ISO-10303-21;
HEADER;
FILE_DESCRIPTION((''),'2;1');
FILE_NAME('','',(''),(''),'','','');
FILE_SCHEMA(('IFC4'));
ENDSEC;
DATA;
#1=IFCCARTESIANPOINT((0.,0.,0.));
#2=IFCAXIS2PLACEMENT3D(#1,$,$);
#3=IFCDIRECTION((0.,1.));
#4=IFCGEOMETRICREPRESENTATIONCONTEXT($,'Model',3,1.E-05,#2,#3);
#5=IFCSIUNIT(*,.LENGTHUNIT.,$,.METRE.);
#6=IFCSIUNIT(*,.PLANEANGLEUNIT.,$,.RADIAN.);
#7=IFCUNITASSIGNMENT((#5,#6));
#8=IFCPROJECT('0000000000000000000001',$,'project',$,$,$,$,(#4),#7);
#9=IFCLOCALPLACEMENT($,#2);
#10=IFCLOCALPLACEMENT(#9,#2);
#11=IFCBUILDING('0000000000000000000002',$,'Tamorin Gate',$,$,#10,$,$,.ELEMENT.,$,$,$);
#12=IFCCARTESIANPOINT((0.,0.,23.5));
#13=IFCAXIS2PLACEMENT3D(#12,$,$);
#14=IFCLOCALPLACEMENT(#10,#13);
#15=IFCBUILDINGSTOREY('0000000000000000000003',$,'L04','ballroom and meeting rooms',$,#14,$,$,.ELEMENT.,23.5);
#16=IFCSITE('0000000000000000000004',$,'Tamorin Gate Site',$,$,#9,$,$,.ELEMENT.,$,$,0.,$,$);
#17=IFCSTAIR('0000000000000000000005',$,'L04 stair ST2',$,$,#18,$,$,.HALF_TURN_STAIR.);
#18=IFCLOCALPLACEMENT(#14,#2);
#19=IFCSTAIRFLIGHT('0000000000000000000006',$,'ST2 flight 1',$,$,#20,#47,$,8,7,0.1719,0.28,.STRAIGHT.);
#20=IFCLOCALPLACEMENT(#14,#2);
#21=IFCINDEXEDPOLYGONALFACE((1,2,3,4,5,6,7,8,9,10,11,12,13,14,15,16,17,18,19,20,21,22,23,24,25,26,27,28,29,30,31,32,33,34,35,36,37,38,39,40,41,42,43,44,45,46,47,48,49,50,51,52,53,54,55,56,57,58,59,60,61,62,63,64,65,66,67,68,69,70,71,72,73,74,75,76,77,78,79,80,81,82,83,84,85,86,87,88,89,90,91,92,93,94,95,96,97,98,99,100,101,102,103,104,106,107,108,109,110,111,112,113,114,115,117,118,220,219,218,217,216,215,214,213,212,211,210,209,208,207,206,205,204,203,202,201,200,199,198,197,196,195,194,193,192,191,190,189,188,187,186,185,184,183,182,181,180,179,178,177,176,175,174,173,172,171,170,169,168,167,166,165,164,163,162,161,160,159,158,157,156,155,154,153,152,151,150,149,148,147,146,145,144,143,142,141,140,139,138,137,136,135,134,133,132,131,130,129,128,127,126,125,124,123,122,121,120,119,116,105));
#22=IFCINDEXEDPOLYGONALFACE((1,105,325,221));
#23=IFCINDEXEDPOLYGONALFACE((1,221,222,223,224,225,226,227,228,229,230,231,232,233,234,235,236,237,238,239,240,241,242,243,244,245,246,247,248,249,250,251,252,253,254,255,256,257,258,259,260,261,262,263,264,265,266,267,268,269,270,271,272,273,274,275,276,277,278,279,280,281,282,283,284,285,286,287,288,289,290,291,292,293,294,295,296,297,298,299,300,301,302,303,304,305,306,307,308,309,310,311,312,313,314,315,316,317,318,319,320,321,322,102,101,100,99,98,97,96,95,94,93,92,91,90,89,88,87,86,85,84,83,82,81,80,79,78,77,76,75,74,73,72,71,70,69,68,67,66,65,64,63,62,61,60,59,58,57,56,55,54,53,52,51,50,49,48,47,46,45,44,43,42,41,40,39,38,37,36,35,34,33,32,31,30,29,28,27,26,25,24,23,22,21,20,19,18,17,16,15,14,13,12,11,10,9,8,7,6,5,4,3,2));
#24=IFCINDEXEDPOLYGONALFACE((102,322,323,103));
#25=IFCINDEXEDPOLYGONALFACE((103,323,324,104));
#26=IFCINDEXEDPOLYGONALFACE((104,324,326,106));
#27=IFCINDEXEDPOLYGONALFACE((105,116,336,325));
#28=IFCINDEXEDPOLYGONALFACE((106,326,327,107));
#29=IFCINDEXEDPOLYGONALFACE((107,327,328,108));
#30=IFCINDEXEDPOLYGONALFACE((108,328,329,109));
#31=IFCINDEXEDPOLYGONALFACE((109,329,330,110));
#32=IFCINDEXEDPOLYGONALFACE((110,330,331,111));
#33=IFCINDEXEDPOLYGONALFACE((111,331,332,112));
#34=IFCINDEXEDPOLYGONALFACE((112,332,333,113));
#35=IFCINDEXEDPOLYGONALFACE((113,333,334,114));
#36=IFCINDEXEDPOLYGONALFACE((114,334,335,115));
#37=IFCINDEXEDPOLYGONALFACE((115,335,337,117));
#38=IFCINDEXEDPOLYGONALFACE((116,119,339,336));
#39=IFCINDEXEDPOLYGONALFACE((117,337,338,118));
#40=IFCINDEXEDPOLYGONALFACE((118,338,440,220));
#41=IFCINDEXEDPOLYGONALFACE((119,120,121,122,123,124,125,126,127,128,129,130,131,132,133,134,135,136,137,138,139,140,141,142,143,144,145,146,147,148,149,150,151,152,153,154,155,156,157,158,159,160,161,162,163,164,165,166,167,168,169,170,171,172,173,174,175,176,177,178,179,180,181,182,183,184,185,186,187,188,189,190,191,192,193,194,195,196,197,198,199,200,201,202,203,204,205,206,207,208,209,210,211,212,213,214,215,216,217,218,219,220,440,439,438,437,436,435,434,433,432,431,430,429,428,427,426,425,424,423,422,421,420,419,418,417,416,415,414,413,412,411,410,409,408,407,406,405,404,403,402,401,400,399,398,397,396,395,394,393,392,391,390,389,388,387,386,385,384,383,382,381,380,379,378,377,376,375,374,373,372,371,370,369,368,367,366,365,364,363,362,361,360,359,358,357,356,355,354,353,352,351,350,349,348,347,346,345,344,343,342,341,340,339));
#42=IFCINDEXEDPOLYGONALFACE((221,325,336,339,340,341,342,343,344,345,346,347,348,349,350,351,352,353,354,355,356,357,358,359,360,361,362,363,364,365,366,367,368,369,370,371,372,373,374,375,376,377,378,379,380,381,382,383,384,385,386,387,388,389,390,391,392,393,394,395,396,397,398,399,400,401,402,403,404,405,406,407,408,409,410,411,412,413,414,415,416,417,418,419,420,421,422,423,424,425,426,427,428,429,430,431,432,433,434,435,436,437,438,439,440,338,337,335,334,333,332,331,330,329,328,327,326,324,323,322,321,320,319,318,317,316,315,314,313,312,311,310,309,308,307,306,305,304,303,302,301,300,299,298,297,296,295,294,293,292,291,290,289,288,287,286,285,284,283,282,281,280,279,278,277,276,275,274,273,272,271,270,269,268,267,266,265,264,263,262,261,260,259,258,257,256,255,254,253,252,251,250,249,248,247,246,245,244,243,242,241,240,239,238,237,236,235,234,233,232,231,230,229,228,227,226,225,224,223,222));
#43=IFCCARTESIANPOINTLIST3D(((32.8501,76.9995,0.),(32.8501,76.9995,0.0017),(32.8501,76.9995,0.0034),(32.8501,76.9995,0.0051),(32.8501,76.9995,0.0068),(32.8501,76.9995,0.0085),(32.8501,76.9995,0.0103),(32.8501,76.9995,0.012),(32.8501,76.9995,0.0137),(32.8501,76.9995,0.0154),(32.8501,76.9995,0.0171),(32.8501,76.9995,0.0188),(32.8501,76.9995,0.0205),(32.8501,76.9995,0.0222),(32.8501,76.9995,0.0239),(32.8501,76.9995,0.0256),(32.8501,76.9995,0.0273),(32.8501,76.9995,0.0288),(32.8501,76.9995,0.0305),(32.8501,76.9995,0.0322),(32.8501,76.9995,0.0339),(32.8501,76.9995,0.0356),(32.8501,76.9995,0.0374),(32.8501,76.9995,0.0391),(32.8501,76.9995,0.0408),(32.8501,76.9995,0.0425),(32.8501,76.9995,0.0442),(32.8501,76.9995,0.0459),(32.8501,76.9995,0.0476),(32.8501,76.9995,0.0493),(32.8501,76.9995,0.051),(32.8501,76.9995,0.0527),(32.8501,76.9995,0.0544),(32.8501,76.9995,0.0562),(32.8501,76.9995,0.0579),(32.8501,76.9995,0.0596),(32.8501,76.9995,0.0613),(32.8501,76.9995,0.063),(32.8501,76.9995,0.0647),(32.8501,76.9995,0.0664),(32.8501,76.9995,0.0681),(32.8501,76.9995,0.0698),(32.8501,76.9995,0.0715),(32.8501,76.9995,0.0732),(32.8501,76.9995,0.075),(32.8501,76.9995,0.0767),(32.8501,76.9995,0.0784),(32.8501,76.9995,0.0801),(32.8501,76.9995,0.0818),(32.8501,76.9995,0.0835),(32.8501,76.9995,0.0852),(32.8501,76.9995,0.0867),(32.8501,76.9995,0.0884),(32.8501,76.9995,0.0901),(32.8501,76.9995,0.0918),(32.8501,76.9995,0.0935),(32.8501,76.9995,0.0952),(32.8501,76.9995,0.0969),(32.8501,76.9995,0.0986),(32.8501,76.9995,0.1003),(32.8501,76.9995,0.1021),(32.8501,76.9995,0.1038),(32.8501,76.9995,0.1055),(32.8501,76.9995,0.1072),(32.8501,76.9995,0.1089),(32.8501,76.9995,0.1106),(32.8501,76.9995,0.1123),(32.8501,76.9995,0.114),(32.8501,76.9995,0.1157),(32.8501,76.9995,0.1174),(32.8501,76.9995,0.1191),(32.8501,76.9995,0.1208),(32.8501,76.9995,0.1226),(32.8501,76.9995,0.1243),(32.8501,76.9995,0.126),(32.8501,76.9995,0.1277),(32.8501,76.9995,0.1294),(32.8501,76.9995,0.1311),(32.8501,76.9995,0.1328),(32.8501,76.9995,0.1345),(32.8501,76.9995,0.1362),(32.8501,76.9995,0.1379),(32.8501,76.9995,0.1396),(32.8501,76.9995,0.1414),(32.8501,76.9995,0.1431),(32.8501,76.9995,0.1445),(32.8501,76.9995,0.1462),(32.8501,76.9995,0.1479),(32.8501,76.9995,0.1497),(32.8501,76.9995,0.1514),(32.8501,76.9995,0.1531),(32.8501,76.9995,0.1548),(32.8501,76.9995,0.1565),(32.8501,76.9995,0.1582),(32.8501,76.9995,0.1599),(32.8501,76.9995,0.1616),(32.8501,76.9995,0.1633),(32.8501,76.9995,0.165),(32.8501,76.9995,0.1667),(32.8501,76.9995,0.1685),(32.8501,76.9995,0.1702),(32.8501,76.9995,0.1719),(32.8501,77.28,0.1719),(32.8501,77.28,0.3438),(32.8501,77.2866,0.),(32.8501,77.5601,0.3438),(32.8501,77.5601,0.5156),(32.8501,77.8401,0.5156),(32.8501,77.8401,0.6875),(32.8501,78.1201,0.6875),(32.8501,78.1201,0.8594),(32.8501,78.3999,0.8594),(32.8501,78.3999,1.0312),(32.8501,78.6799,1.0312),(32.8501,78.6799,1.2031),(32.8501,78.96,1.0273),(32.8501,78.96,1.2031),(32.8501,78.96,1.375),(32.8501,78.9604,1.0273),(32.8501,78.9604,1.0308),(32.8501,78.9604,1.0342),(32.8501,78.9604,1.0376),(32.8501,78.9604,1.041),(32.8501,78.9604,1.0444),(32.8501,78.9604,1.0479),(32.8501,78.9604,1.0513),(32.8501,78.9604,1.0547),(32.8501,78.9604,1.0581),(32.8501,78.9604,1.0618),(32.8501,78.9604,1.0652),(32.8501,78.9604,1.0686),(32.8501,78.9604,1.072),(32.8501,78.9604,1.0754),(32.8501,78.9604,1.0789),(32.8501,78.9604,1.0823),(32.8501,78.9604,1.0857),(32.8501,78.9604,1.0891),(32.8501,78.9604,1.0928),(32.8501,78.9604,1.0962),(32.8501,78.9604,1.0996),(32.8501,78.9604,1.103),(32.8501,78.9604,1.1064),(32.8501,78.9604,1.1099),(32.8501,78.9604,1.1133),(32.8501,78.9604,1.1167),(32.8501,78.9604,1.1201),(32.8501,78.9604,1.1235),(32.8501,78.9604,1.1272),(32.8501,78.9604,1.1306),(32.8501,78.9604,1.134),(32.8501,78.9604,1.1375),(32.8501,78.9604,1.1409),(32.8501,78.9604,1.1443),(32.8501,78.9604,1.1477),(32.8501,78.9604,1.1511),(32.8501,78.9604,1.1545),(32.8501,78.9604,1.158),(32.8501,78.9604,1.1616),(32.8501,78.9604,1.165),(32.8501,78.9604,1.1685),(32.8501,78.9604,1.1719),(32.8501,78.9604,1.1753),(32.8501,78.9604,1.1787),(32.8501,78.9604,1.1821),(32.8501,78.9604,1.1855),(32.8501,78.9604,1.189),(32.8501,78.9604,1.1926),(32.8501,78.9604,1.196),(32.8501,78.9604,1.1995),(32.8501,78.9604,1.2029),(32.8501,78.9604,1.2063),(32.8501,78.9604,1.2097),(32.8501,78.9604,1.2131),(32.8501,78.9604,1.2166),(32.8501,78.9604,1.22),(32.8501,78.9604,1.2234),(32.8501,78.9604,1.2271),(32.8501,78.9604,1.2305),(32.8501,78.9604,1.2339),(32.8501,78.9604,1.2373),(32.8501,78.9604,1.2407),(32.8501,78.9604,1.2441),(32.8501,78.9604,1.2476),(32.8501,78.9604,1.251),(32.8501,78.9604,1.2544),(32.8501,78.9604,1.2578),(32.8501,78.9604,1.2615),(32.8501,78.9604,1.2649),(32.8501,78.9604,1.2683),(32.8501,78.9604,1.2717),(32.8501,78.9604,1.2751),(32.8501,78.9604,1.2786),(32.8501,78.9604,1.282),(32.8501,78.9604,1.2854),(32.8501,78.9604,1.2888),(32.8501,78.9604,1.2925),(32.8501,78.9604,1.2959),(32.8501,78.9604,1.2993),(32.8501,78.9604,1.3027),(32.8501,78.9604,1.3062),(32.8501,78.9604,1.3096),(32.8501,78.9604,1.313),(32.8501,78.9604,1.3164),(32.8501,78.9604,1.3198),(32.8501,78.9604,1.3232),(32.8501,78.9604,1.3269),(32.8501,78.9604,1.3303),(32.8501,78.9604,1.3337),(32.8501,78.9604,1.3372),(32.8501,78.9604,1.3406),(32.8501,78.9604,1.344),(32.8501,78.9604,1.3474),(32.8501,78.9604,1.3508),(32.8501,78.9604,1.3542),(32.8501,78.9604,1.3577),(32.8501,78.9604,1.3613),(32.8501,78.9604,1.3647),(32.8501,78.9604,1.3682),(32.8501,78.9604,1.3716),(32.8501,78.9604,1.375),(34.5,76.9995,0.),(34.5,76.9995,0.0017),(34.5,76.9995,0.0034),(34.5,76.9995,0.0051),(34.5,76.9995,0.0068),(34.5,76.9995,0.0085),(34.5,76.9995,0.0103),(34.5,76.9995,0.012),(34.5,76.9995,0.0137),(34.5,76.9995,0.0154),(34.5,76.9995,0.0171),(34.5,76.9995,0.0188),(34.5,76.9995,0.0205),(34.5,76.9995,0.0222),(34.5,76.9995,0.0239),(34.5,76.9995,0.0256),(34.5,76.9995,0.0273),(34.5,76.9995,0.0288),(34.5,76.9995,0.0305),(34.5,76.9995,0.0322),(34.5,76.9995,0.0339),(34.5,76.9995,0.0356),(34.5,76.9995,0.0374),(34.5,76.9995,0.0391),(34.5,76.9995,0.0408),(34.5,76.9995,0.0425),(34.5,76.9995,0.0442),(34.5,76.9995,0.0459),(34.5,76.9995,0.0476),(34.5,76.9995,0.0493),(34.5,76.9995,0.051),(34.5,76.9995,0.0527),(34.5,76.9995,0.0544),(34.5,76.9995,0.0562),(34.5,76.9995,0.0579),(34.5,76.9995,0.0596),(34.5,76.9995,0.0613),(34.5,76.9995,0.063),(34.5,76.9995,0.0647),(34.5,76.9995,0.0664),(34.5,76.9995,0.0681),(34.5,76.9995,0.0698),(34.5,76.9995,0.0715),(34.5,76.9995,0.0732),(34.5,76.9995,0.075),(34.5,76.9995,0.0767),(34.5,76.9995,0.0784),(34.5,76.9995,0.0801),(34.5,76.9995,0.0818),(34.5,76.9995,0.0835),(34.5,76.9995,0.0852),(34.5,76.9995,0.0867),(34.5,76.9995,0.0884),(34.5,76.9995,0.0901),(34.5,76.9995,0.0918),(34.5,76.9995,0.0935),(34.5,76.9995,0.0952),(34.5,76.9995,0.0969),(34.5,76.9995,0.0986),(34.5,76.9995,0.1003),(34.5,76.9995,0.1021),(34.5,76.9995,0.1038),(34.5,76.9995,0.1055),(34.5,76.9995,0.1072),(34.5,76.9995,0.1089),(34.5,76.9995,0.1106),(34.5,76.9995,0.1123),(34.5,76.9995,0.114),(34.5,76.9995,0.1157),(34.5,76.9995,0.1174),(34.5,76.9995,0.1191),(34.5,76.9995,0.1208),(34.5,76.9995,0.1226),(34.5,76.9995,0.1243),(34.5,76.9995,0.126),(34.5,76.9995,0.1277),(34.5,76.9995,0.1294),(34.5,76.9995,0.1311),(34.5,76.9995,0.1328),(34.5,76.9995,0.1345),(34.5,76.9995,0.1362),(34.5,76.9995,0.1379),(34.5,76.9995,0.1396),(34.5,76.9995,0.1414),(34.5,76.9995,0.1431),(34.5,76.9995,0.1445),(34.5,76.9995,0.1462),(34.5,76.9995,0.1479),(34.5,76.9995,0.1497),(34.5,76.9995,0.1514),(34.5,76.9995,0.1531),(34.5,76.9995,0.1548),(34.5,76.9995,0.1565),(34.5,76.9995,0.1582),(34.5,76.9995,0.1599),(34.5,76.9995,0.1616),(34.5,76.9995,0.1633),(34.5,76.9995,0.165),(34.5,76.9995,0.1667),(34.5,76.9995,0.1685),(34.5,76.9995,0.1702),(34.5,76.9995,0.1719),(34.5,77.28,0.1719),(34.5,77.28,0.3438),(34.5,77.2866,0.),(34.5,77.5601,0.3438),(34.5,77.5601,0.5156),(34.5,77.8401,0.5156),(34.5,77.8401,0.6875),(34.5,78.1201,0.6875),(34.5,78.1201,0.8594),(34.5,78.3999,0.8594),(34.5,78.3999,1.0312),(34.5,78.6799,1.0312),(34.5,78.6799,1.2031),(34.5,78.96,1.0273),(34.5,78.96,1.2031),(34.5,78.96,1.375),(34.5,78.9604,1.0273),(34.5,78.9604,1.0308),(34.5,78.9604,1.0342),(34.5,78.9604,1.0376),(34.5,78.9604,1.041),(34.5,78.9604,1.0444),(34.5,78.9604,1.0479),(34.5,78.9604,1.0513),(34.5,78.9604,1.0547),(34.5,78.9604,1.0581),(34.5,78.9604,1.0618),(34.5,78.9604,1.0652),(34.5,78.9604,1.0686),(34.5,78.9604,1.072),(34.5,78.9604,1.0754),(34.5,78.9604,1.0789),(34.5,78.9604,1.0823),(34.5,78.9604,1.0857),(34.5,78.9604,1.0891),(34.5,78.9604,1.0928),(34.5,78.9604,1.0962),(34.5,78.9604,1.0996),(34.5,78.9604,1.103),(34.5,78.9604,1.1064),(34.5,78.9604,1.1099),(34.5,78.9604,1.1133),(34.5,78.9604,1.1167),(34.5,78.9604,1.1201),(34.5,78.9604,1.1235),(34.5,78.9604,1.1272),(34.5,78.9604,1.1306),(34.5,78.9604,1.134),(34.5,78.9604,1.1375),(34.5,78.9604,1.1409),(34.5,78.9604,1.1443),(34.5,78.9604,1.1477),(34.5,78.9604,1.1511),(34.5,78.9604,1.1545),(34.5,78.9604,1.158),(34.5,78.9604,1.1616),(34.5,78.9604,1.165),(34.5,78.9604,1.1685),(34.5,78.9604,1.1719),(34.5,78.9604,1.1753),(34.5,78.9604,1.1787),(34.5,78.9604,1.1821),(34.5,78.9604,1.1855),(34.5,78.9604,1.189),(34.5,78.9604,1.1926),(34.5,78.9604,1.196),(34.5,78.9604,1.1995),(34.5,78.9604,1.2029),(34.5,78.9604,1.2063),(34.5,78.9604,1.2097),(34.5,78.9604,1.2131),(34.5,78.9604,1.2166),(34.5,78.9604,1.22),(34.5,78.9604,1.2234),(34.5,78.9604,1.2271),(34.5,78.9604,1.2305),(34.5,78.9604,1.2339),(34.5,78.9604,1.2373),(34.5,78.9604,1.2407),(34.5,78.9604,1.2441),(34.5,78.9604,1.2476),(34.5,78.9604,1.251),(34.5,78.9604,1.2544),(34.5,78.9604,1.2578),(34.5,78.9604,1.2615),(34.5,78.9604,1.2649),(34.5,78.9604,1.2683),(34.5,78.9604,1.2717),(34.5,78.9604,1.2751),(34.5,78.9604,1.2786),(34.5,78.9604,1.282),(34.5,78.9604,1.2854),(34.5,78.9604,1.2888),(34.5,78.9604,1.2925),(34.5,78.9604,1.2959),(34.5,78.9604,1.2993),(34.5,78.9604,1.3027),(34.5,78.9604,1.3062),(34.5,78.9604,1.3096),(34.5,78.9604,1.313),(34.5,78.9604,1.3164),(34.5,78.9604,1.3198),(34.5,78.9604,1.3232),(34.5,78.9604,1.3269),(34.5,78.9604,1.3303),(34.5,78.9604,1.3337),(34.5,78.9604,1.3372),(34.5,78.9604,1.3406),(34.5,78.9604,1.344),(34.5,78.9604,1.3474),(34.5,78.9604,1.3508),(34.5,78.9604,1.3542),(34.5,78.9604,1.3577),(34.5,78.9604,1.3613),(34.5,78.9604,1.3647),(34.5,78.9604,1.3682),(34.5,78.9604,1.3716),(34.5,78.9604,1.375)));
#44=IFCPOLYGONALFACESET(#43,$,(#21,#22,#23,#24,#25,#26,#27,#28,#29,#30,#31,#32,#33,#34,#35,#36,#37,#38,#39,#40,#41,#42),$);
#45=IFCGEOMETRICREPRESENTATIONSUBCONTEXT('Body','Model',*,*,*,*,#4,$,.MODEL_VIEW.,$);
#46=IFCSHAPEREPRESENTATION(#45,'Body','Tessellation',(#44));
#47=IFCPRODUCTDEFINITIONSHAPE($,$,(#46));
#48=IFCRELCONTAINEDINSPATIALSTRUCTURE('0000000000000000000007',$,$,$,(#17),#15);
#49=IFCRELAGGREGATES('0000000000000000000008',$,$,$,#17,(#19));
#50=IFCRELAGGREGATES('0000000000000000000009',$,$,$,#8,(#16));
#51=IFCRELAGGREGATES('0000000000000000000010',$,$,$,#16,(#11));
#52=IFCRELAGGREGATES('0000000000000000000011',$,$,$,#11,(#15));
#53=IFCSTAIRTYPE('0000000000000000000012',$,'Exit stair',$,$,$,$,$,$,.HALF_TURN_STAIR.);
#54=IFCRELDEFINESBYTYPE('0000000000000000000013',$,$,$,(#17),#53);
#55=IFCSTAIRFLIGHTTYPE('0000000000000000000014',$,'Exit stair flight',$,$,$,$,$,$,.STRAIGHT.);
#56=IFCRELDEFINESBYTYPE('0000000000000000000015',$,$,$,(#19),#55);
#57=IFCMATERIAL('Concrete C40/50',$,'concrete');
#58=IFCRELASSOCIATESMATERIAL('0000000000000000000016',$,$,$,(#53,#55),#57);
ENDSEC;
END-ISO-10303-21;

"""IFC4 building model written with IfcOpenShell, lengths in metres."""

from ifc_helpers import new_model, si_unit, direction, frame, origin, place, context, subcontext, project, spatial, polyline, outline, extrude, material, type_object, element, aggregate, save


model = new_model("IFC4")

# Units and contexts
model_context = context("Model", 3, precision=1e-05, world=origin(), true_north=direction((0.0, 1.0)))
body_context = subcontext(model_context, "Body", "Model", "MODEL_VIEW")
ifc_project = project(units=[si_unit("LENGTHUNIT", "METRE"), si_unit("PLANEANGLEUNIT", "RADIAN")], contexts=[model_context])

# Site, building, storey
site_placement = place(None, origin())
site = spatial("IfcSite", under=ifc_project, at=site_placement, Name="Tamorin Gate Site", CompositionType="ELEMENT", RefElevation=0.0)
building_placement = place(site_placement, origin())
building = spatial("IfcBuilding", under=site, at=building_placement, Name="Tamorin Gate", CompositionType="ELEMENT")
storey_placement = place(building_placement, frame((0.0, 0.0, 23.5)))
storey = spatial("IfcBuildingStorey", under=building, at=storey_placement, Name="L04", Description="ballroom and meeting rooms", CompositionType="ELEMENT", Elevation=23.5)

# Shared definitions
ifc_material_1 = material(Name="Concrete C40/50", Category="concrete")

# Stair, stair flight
stair_type = type_object("IfcStairType", Name="Exit stair", PredefinedType="HALF_TURN_STAIR", material=ifc_material_1)
stair_flight_type = type_object("IfcStairFlightType", Name="Exit stair flight", PredefinedType="STRAIGHT", material=ifc_material_1)
stair_1_placement = place(storey_placement, origin())
stair_1 = element("IfcStair", 1, at=stair_1_placement, inside=storey, type_object=stair_type, Name="L04 stair ST2", PredefinedType="HALF_TURN_STAIR")
stair_flight_1_placement = place(storey_placement, frame((33.675, 77.0, 0.0), z_axis=(0.0, 0.0, 1.0), x_axis=(0.0, 1.0, 0.0)))
stair_flight_1 = element("IfcStairFlight", 2, at=stair_flight_1_placement, type_object=stair_flight_type, Name="ST2 flight 1", NumberOfRisers=8, NumberOfTreads=7, PredefinedType="STRAIGHT", RiserHeight=0.1719, TreadLength=0.28, context=body_context, shape_type="SweptSolid", body=[
    extrude(outline(polyline([(-0.0005, 0.0), (-0.0005, 0.0017), (-0.0005, 0.0034), (-0.0005, 0.0051), (-0.0005, 0.0068), (-0.0005, 0.0085), (-0.0005, 0.0103), (-0.0005, 0.012), (-0.0005, 0.0137), (-0.0005, 0.0154), (-0.0005, 0.0171), (-0.0005, 0.0188), (-0.0005, 0.0205), (-0.0005, 0.0222), (-0.0005, 0.0239), (-0.0005, 0.0256), (-0.0005, 0.0273), (-0.0005, 0.0288), (-0.0005, 0.0305), (-0.0005, 0.0322), (-0.0005, 0.0339), (-0.0005, 0.0356), (-0.0005, 0.0374), (-0.0005, 0.0391), (-0.0005, 0.0408), (-0.0005, 0.0425), (-0.0005, 0.0442), (-0.0005, 0.0459), (-0.0005, 0.0476), (-0.0005, 0.0493), (-0.0005, 0.051), (-0.0005, 0.0527), (-0.0005, 0.0544), (-0.0005, 0.0562), (-0.0005, 0.0579), (-0.0005, 0.0596), (-0.0005, 0.0613), (-0.0005, 0.063), (-0.0005, 0.0647), (-0.0005, 0.0664), (-0.0005, 0.0681), (-0.0005, 0.0698), (-0.0005, 0.0715), (-0.0005, 0.0732), (-0.0005, 0.075), (-0.0005, 0.0767), (-0.0005, 0.0784), (-0.0005, 0.0801), (-0.0005, 0.0818), (-0.0005, 0.0835), (-0.0005, 0.0852), (-0.0005, 0.0867), (-0.0005, 0.0884), (-0.0005, 0.0901), (-0.0005, 0.0918), (-0.0005, 0.0935), (-0.0005, 0.0952), (-0.0005, 0.0969), (-0.0005, 0.0986), (-0.0005, 0.1003), (-0.0005, 0.1021), (-0.0005, 0.1038), (-0.0005, 0.1055), (-0.0005, 0.1072), (-0.0005, 0.1089), (-0.0005, 0.1106), (-0.0005, 0.1123), (-0.0005, 0.114), (-0.0005, 0.1157), (-0.0005, 0.1174), (-0.0005, 0.1191), (-0.0005, 0.1208), (-0.0005, 0.1226), (-0.0005, 0.1243), (-0.0005, 0.126), (-0.0005, 0.1277), (-0.0005, 0.1294), (-0.0005, 0.1311), (-0.0005, 0.1328), (-0.0005, 0.1345), (-0.0005, 0.1362), (-0.0005, 0.1379), (-0.0005, 0.1396), (-0.0005, 0.1414), (-0.0005, 0.1431), (-0.0005, 0.1445), (-0.0005, 0.1462), (-0.0005, 0.1479), (-0.0005, 0.1497), (-0.0005, 0.1514), (-0.0005, 0.1531), (-0.0005, 0.1548), (-0.0005, 0.1565), (-0.0005, 0.1582), (-0.0005, 0.1599), (-0.0005, 0.1616), (-0.0005, 0.1633), (-0.0005, 0.165), (-0.0005, 0.1667), (-0.0005, 0.1685), (-0.0005, 0.1702), (-0.0005, 0.1719), (0.28, 0.1719), (0.28, 0.3438), (0.5601, 0.3438), (0.5601, 0.5156), (0.8401, 0.5156), (0.8401, 0.6875), (1.1201, 0.6875), (1.1201, 0.8594), (1.3999, 0.8594), (1.3999, 1.0312), (1.6799, 1.0312), (1.6799, 1.2031), (1.96, 1.2031), (1.96, 1.375), (1.9604, 1.375), (1.9604, 1.3716), (1.9604, 1.3682), (1.9604, 1.3647), (1.9604, 1.3613), (1.9604, 1.3577), (1.9604, 1.3542), (1.9604, 1.3508), (1.9604, 1.3474), (1.9604, 1.344), (1.9604, 1.3406), (1.9604, 1.3372), (1.9604, 1.3337), (1.9604, 1.3303), (1.9604, 1.3269), (1.9604, 1.3232), (1.9604, 1.3198), (1.9604, 1.3164), (1.9604, 1.313), (1.9604, 1.3096), (1.9604, 1.3062), (1.9604, 1.3027), (1.9604, 1.2993), (1.9604, 1.2959), (1.9604, 1.2925), (1.9604, 1.2888), (1.9604, 1.2854), (1.9604, 1.282), (1.9604, 1.2786), (1.9604, 1.2751), (1.9604, 1.2717), (1.9604, 1.2683), (1.9604, 1.2649), (1.9604, 1.2615), (1.9604, 1.2578), (1.9604, 1.2544), (1.9604, 1.251), (1.9604, 1.2476), (1.9604, 1.2441), (1.9604, 1.2407), (1.9604, 1.2373), (1.9604, 1.2339), (1.9604, 1.2305), (1.9604, 1.2271), (1.9604, 1.2234), (1.9604, 1.22), (1.9604, 1.2166), (1.9604, 1.2131), (1.9604, 1.2097), (1.9604, 1.2063), (1.9604, 1.2029), (1.9604, 1.1995), (1.9604, 1.196), (1.9604, 1.1926), (1.9604, 1.189), (1.9604, 1.1855), (1.9604, 1.1821), (1.9604, 1.1787), (1.9604, 1.1753), (1.9604, 1.1719), (1.9604, 1.1685), (1.9604, 1.165), (1.9604, 1.1616), (1.9604, 1.158), (1.9604, 1.1545), (1.9604, 1.1511), (1.9604, 1.1477), (1.9604, 1.1443), (1.9604, 1.1409), (1.9604, 1.1375), (1.9604, 1.134), (1.9604, 1.1306), (1.9604, 1.1272), (1.9604, 1.1235), (1.9604, 1.1201), (1.9604, 1.1167), (1.9604, 1.1133), (1.9604, 1.1099), (1.9604, 1.1064), (1.9604, 1.103), (1.9604, 1.0996), (1.9604, 1.0962), (1.9604, 1.0928), (1.9604, 1.0891), (1.9604, 1.0857), (1.9604, 1.0823), (1.9604, 1.0789), (1.9604, 1.0754), (1.9604, 1.072), (1.9604, 1.0686), (1.9604, 1.0652), (1.9604, 1.0618), (1.9604, 1.0581), (1.9604, 1.0547), (1.9604, 1.0513), (1.9604, 1.0479), (1.9604, 1.0444), (1.9604, 1.041), (1.9604, 1.0376), (1.9604, 1.0342), (1.9604, 1.0308), (1.9604, 1.0273), (1.96, 1.0273), (0.2866, 0.0), (-0.0005, 0.0)])), frame((0.0, 0.825, 0.0), z_axis=(0.0, -1.0, 0.0), x_axis=(1.0, 0.0, 0.0)), (0.0, 0.0, 1.0), 1.6499),
])
aggregate(stair_1, [stair_flight_1])

save(model, "model.ifc")
